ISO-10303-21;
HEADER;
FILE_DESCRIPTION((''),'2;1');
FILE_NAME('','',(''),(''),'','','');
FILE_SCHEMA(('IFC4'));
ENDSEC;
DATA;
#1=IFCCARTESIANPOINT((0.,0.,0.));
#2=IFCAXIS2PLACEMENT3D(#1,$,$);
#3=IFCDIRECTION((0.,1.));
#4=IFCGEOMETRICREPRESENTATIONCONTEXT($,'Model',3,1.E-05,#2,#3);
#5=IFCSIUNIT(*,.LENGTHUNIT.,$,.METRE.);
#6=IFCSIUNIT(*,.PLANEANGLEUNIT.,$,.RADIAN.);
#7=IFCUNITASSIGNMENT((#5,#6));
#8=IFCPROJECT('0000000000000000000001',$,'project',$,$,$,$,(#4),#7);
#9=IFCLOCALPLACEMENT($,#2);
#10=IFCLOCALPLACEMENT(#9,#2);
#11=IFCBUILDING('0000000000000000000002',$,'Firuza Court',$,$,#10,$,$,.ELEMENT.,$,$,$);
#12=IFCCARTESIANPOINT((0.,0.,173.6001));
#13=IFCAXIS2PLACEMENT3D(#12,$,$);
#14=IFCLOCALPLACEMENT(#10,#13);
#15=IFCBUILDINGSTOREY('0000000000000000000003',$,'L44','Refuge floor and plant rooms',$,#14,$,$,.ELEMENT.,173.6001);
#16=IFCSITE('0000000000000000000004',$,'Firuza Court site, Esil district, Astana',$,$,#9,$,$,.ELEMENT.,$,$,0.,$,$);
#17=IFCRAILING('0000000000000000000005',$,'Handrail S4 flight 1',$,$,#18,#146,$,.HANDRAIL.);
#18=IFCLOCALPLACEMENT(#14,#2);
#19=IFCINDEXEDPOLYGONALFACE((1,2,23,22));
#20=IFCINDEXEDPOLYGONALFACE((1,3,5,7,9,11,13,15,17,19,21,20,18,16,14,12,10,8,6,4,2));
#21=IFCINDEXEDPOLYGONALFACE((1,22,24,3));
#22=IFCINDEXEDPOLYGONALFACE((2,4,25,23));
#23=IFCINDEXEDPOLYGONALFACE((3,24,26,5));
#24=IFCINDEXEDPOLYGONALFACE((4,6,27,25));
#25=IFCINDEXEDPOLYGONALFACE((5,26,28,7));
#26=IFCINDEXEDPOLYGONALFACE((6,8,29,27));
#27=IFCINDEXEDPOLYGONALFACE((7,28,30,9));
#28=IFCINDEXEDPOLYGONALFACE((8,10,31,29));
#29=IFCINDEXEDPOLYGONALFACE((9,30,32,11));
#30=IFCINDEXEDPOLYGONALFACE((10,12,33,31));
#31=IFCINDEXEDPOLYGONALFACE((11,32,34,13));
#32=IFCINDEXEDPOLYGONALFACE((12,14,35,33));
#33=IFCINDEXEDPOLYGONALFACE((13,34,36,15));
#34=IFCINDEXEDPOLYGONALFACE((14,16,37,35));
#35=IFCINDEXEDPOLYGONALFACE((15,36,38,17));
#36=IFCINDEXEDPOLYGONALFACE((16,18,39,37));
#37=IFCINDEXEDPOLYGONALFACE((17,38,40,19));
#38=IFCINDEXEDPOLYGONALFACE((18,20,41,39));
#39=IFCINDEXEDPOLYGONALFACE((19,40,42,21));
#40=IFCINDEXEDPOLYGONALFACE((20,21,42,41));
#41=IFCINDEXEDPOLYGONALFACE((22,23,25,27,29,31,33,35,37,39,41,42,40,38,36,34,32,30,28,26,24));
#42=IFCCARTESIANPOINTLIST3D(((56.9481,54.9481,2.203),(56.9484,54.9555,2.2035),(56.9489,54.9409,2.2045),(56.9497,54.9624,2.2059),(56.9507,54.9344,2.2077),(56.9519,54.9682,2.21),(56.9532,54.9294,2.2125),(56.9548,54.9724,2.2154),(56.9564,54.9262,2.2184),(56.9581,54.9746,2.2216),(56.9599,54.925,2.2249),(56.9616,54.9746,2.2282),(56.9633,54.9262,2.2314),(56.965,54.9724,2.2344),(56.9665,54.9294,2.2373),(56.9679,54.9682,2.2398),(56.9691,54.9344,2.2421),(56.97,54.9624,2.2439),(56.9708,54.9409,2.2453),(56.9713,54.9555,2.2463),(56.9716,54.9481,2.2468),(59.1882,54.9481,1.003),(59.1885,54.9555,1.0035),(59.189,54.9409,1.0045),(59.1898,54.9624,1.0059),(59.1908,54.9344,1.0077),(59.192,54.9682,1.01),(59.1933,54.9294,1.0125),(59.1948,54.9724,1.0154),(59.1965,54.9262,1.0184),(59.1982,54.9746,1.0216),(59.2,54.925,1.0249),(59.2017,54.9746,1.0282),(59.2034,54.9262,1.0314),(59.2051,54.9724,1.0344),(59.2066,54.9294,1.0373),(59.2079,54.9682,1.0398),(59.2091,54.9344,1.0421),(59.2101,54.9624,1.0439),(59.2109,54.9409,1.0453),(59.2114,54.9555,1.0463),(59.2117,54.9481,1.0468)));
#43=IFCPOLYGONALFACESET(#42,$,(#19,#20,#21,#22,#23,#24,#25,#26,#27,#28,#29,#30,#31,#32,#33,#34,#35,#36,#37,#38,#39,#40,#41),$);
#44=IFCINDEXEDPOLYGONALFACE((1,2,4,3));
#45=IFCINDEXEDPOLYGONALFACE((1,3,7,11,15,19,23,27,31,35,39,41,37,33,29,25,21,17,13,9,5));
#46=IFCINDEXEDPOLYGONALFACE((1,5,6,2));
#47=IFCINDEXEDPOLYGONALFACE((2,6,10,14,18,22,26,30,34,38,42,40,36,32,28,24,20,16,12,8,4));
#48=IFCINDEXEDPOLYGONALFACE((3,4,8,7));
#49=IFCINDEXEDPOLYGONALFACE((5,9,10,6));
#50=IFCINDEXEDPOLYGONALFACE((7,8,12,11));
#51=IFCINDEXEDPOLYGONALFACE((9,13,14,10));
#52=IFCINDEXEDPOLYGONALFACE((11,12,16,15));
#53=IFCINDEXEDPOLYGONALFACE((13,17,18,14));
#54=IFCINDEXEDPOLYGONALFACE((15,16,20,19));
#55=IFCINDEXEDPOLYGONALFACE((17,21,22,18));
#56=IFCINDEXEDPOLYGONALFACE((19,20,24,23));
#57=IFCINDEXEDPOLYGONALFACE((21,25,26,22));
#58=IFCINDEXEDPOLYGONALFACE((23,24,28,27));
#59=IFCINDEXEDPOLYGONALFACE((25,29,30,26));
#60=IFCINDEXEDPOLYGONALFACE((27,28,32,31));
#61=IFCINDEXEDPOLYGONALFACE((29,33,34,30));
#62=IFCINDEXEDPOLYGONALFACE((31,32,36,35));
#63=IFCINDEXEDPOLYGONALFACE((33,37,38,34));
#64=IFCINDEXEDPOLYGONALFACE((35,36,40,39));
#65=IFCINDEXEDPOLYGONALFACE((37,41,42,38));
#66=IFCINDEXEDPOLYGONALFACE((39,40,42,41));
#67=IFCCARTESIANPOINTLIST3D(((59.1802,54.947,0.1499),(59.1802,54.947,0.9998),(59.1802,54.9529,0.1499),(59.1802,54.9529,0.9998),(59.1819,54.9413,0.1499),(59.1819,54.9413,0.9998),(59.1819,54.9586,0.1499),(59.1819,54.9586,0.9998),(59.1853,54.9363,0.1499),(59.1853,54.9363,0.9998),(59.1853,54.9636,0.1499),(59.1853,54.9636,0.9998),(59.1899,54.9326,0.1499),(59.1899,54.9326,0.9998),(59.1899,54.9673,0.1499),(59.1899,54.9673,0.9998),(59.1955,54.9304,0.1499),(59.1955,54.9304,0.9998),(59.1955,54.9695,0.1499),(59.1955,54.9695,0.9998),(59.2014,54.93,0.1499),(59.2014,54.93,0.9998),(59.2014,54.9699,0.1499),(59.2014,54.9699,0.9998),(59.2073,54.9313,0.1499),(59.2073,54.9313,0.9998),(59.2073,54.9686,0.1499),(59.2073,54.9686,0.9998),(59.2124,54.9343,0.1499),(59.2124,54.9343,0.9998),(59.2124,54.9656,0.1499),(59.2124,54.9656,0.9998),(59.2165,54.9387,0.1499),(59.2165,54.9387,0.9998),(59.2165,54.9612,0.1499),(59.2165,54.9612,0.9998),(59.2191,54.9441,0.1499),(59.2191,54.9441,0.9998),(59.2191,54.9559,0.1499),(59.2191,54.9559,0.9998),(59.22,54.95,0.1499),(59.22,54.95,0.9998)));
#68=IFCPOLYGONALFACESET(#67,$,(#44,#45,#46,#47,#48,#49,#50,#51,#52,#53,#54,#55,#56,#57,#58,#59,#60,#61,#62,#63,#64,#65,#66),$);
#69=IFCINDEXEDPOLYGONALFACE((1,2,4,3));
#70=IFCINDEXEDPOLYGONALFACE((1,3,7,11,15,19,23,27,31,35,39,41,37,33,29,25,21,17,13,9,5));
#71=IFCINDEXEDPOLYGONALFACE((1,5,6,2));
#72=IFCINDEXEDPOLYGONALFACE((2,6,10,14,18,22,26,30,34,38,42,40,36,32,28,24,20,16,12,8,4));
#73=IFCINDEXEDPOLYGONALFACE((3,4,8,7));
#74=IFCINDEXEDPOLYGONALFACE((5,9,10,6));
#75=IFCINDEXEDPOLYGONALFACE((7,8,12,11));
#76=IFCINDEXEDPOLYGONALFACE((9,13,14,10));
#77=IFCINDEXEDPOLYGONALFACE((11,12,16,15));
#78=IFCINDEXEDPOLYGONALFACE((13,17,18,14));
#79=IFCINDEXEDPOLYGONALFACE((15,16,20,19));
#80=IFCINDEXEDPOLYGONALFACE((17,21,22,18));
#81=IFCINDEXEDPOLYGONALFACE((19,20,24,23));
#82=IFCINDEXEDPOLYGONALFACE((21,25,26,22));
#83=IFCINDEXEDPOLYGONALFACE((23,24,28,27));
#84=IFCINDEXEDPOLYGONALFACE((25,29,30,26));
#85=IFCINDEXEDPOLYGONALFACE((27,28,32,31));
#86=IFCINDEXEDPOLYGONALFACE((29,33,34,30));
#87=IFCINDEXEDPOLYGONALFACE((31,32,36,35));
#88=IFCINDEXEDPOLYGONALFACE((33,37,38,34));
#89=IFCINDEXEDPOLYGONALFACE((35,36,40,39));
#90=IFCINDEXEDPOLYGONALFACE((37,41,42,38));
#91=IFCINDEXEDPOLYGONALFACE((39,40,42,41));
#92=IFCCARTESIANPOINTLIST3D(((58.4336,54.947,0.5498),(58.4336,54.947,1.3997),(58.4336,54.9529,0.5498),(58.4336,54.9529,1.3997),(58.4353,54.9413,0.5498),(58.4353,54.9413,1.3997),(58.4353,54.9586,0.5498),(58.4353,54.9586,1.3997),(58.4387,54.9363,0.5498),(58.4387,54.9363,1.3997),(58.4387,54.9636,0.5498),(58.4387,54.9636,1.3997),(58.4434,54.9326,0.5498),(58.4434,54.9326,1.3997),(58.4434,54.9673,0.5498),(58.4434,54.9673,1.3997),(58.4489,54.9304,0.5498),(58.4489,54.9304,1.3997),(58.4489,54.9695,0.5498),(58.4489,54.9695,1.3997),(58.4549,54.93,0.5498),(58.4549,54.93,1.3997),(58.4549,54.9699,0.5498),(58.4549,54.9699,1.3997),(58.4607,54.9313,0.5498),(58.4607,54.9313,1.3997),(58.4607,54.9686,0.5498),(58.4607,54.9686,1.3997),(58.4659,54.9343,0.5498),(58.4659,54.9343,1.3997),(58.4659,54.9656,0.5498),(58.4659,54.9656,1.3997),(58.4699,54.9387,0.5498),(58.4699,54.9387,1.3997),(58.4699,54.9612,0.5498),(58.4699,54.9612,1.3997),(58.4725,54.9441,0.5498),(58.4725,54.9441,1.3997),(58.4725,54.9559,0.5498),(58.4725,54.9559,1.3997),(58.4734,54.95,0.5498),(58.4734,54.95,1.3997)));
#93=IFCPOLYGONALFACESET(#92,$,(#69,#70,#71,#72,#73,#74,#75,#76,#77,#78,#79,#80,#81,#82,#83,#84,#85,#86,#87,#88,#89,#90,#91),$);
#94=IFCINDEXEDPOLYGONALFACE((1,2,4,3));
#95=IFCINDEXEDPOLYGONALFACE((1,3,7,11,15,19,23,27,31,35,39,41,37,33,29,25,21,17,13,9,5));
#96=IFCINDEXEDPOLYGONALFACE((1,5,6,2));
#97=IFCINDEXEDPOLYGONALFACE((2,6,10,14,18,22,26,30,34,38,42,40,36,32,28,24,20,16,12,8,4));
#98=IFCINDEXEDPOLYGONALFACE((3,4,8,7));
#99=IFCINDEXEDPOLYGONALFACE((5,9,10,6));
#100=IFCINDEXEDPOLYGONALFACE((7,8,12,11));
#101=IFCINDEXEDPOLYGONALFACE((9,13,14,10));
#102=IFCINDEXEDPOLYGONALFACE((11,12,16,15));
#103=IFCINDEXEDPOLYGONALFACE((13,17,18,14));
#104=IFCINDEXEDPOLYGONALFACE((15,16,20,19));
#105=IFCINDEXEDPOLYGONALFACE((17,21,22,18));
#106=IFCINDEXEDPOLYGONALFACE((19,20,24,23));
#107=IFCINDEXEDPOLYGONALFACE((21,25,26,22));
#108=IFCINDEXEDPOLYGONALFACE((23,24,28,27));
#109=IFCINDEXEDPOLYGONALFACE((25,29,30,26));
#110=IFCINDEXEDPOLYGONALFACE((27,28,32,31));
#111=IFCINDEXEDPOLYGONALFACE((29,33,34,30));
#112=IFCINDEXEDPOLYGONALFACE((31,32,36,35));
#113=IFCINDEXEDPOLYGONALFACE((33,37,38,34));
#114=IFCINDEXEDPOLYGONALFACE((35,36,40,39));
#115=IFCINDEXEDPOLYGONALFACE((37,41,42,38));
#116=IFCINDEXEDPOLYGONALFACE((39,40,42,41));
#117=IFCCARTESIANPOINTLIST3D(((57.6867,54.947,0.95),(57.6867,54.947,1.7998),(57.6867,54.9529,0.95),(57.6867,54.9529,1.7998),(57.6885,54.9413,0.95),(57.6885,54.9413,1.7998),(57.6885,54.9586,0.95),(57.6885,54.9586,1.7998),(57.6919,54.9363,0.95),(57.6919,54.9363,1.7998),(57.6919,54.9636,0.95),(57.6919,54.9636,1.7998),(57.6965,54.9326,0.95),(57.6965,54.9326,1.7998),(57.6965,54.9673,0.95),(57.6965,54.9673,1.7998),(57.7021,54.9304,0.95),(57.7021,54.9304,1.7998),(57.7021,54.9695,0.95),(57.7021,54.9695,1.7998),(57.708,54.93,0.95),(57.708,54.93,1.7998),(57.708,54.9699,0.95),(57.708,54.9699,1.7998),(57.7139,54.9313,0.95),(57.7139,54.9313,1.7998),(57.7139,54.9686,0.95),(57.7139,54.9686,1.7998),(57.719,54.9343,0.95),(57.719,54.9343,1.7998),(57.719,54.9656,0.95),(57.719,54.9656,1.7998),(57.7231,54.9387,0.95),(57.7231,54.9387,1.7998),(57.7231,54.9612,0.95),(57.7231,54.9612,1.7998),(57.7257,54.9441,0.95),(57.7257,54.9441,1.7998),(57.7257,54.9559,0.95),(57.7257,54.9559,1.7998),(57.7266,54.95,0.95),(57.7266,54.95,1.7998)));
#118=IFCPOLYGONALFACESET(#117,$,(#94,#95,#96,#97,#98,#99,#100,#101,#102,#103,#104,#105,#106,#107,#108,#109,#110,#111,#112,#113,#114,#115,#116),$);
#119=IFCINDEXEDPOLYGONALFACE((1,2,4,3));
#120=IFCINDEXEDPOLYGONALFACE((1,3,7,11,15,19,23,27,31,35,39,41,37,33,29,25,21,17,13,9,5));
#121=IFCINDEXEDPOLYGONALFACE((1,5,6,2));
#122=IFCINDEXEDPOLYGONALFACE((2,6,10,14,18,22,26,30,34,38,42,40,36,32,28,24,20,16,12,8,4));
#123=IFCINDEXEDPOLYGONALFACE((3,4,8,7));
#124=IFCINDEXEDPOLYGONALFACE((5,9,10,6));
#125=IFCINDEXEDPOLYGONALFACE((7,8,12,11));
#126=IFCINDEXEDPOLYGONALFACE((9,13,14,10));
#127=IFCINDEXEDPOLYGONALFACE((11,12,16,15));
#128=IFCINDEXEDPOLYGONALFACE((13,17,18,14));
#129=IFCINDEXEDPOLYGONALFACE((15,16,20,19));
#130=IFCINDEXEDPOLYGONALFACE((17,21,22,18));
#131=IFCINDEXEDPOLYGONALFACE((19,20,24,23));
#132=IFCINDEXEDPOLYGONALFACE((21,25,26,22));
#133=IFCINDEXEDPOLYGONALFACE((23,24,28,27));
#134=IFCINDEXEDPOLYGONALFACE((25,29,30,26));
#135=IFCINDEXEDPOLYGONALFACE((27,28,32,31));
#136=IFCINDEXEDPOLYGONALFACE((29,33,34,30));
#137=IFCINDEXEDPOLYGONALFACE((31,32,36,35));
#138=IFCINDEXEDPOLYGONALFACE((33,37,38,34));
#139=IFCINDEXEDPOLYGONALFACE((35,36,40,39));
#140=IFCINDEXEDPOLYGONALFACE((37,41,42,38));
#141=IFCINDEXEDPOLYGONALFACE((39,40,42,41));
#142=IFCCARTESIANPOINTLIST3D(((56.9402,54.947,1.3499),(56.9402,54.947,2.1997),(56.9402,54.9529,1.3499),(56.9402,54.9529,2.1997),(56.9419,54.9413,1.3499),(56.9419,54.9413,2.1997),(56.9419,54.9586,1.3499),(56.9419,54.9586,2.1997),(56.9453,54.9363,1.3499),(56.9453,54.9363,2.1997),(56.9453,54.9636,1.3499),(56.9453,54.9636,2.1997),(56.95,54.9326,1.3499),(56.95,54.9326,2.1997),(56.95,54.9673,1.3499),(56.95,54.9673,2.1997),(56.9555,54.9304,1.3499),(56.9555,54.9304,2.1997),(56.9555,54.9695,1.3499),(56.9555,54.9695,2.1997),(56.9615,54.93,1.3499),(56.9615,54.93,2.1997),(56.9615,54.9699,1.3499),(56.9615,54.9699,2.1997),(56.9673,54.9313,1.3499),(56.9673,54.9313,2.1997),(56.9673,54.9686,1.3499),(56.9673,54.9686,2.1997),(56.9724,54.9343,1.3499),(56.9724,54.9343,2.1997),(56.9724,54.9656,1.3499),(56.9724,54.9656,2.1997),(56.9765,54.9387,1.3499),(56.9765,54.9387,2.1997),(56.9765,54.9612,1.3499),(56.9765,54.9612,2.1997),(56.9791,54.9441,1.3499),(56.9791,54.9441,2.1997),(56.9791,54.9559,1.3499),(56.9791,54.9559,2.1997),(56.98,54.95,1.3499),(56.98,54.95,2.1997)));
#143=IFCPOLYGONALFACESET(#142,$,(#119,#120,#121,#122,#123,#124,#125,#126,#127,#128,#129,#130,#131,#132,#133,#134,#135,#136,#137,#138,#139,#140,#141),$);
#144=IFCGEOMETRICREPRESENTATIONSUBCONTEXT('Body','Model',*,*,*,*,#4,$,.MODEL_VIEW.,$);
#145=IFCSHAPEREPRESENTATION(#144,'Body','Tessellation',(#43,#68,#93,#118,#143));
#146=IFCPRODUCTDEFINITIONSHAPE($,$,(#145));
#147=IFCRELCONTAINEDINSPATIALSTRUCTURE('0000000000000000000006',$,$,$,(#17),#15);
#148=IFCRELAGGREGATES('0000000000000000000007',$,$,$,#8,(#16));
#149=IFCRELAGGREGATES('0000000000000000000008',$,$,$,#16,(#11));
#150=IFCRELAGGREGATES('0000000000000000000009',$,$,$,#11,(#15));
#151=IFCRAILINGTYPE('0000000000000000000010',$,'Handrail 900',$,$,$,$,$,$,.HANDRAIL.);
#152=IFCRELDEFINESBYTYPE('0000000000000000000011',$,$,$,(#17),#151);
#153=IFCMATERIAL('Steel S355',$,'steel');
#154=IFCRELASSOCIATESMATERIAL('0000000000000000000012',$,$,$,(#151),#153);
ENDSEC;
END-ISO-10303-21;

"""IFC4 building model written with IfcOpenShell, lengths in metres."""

from ifc_helpers import new_model, si_unit, direction, frame, origin, origin_2d, place, context, subcontext, project, spatial, circle, extrude, material, type_object, element, save


model = new_model("IFC4")

# Units and contexts
model_context = context("Model", 3, precision=1e-05, world=origin(), true_north=direction((0.0, 1.0)))
body_context = subcontext(model_context, "Body", "Model", "MODEL_VIEW")
ifc_project = project(units=[si_unit("LENGTHUNIT", "METRE"), si_unit("PLANEANGLEUNIT", "RADIAN")], contexts=[model_context])

# Site, building, storey
site_placement = place(None, origin())
site = spatial("IfcSite", under=ifc_project, at=site_placement, Name="Firuza Court site, Esil district, Astana", CompositionType="ELEMENT", RefElevation=0.0)
building_placement = place(site_placement, origin())
building = spatial("IfcBuilding", under=site, at=building_placement, Name="Firuza Court", CompositionType="ELEMENT")
storey_placement = place(building_placement, frame((0.0, 0.0, 173.6001)))
storey = spatial("IfcBuildingStorey", under=building, at=storey_placement, Name="L44", Description="Refuge floor and plant rooms", CompositionType="ELEMENT", Elevation=173.6001)

# Railing
ifc_material_1 = material(Name="Steel S355", Category="steel")
railing_type_1 = type_object("IfcRailingType", Name="Handrail 900", PredefinedType="HANDRAIL", material=ifc_material_1)
for number, where, name in (
    (1, (59.2, 54.95, 0.1499), "Handrail S4 flight 1"),
):
    element("IfcRailing", number, at=place(storey_placement, frame(where)), inside=storey, type_object=railing_type_1, Name=name, PredefinedType="HANDRAIL", context=body_context, shape_type="SweptSolid", body=[
        extrude(circle(Radius=0.0249, at=origin_2d()), frame((0.0, 0.0, 0.875), z_axis=(-0.881487, 0.0, 0.472208), x_axis=(0.0, -1.0, 0.0)), (0.0, 0.0, 1.0), 2.5413),
        extrude(circle(Radius=0.02, at=origin_2d()), origin(), (0.0, 0.0, 1.0), 0.8499),
        extrude(circle(Radius=0.02, at=origin_2d()), frame((-0.7466, 0.0, 0.3999)), (0.0, 0.0, 1.0), 0.8499),
        extrude(circle(Radius=0.02, at=origin_2d()), frame((-1.4934, 0.0, 0.8)), (0.0, 0.0, 1.0), 0.8499),
        extrude(circle(Radius=0.02, at=origin_2d()), frame((-2.24, 0.0, 1.2)), (0.0, 0.0, 1.0), 0.8499),
    ])

save(model, "model.ifc")
